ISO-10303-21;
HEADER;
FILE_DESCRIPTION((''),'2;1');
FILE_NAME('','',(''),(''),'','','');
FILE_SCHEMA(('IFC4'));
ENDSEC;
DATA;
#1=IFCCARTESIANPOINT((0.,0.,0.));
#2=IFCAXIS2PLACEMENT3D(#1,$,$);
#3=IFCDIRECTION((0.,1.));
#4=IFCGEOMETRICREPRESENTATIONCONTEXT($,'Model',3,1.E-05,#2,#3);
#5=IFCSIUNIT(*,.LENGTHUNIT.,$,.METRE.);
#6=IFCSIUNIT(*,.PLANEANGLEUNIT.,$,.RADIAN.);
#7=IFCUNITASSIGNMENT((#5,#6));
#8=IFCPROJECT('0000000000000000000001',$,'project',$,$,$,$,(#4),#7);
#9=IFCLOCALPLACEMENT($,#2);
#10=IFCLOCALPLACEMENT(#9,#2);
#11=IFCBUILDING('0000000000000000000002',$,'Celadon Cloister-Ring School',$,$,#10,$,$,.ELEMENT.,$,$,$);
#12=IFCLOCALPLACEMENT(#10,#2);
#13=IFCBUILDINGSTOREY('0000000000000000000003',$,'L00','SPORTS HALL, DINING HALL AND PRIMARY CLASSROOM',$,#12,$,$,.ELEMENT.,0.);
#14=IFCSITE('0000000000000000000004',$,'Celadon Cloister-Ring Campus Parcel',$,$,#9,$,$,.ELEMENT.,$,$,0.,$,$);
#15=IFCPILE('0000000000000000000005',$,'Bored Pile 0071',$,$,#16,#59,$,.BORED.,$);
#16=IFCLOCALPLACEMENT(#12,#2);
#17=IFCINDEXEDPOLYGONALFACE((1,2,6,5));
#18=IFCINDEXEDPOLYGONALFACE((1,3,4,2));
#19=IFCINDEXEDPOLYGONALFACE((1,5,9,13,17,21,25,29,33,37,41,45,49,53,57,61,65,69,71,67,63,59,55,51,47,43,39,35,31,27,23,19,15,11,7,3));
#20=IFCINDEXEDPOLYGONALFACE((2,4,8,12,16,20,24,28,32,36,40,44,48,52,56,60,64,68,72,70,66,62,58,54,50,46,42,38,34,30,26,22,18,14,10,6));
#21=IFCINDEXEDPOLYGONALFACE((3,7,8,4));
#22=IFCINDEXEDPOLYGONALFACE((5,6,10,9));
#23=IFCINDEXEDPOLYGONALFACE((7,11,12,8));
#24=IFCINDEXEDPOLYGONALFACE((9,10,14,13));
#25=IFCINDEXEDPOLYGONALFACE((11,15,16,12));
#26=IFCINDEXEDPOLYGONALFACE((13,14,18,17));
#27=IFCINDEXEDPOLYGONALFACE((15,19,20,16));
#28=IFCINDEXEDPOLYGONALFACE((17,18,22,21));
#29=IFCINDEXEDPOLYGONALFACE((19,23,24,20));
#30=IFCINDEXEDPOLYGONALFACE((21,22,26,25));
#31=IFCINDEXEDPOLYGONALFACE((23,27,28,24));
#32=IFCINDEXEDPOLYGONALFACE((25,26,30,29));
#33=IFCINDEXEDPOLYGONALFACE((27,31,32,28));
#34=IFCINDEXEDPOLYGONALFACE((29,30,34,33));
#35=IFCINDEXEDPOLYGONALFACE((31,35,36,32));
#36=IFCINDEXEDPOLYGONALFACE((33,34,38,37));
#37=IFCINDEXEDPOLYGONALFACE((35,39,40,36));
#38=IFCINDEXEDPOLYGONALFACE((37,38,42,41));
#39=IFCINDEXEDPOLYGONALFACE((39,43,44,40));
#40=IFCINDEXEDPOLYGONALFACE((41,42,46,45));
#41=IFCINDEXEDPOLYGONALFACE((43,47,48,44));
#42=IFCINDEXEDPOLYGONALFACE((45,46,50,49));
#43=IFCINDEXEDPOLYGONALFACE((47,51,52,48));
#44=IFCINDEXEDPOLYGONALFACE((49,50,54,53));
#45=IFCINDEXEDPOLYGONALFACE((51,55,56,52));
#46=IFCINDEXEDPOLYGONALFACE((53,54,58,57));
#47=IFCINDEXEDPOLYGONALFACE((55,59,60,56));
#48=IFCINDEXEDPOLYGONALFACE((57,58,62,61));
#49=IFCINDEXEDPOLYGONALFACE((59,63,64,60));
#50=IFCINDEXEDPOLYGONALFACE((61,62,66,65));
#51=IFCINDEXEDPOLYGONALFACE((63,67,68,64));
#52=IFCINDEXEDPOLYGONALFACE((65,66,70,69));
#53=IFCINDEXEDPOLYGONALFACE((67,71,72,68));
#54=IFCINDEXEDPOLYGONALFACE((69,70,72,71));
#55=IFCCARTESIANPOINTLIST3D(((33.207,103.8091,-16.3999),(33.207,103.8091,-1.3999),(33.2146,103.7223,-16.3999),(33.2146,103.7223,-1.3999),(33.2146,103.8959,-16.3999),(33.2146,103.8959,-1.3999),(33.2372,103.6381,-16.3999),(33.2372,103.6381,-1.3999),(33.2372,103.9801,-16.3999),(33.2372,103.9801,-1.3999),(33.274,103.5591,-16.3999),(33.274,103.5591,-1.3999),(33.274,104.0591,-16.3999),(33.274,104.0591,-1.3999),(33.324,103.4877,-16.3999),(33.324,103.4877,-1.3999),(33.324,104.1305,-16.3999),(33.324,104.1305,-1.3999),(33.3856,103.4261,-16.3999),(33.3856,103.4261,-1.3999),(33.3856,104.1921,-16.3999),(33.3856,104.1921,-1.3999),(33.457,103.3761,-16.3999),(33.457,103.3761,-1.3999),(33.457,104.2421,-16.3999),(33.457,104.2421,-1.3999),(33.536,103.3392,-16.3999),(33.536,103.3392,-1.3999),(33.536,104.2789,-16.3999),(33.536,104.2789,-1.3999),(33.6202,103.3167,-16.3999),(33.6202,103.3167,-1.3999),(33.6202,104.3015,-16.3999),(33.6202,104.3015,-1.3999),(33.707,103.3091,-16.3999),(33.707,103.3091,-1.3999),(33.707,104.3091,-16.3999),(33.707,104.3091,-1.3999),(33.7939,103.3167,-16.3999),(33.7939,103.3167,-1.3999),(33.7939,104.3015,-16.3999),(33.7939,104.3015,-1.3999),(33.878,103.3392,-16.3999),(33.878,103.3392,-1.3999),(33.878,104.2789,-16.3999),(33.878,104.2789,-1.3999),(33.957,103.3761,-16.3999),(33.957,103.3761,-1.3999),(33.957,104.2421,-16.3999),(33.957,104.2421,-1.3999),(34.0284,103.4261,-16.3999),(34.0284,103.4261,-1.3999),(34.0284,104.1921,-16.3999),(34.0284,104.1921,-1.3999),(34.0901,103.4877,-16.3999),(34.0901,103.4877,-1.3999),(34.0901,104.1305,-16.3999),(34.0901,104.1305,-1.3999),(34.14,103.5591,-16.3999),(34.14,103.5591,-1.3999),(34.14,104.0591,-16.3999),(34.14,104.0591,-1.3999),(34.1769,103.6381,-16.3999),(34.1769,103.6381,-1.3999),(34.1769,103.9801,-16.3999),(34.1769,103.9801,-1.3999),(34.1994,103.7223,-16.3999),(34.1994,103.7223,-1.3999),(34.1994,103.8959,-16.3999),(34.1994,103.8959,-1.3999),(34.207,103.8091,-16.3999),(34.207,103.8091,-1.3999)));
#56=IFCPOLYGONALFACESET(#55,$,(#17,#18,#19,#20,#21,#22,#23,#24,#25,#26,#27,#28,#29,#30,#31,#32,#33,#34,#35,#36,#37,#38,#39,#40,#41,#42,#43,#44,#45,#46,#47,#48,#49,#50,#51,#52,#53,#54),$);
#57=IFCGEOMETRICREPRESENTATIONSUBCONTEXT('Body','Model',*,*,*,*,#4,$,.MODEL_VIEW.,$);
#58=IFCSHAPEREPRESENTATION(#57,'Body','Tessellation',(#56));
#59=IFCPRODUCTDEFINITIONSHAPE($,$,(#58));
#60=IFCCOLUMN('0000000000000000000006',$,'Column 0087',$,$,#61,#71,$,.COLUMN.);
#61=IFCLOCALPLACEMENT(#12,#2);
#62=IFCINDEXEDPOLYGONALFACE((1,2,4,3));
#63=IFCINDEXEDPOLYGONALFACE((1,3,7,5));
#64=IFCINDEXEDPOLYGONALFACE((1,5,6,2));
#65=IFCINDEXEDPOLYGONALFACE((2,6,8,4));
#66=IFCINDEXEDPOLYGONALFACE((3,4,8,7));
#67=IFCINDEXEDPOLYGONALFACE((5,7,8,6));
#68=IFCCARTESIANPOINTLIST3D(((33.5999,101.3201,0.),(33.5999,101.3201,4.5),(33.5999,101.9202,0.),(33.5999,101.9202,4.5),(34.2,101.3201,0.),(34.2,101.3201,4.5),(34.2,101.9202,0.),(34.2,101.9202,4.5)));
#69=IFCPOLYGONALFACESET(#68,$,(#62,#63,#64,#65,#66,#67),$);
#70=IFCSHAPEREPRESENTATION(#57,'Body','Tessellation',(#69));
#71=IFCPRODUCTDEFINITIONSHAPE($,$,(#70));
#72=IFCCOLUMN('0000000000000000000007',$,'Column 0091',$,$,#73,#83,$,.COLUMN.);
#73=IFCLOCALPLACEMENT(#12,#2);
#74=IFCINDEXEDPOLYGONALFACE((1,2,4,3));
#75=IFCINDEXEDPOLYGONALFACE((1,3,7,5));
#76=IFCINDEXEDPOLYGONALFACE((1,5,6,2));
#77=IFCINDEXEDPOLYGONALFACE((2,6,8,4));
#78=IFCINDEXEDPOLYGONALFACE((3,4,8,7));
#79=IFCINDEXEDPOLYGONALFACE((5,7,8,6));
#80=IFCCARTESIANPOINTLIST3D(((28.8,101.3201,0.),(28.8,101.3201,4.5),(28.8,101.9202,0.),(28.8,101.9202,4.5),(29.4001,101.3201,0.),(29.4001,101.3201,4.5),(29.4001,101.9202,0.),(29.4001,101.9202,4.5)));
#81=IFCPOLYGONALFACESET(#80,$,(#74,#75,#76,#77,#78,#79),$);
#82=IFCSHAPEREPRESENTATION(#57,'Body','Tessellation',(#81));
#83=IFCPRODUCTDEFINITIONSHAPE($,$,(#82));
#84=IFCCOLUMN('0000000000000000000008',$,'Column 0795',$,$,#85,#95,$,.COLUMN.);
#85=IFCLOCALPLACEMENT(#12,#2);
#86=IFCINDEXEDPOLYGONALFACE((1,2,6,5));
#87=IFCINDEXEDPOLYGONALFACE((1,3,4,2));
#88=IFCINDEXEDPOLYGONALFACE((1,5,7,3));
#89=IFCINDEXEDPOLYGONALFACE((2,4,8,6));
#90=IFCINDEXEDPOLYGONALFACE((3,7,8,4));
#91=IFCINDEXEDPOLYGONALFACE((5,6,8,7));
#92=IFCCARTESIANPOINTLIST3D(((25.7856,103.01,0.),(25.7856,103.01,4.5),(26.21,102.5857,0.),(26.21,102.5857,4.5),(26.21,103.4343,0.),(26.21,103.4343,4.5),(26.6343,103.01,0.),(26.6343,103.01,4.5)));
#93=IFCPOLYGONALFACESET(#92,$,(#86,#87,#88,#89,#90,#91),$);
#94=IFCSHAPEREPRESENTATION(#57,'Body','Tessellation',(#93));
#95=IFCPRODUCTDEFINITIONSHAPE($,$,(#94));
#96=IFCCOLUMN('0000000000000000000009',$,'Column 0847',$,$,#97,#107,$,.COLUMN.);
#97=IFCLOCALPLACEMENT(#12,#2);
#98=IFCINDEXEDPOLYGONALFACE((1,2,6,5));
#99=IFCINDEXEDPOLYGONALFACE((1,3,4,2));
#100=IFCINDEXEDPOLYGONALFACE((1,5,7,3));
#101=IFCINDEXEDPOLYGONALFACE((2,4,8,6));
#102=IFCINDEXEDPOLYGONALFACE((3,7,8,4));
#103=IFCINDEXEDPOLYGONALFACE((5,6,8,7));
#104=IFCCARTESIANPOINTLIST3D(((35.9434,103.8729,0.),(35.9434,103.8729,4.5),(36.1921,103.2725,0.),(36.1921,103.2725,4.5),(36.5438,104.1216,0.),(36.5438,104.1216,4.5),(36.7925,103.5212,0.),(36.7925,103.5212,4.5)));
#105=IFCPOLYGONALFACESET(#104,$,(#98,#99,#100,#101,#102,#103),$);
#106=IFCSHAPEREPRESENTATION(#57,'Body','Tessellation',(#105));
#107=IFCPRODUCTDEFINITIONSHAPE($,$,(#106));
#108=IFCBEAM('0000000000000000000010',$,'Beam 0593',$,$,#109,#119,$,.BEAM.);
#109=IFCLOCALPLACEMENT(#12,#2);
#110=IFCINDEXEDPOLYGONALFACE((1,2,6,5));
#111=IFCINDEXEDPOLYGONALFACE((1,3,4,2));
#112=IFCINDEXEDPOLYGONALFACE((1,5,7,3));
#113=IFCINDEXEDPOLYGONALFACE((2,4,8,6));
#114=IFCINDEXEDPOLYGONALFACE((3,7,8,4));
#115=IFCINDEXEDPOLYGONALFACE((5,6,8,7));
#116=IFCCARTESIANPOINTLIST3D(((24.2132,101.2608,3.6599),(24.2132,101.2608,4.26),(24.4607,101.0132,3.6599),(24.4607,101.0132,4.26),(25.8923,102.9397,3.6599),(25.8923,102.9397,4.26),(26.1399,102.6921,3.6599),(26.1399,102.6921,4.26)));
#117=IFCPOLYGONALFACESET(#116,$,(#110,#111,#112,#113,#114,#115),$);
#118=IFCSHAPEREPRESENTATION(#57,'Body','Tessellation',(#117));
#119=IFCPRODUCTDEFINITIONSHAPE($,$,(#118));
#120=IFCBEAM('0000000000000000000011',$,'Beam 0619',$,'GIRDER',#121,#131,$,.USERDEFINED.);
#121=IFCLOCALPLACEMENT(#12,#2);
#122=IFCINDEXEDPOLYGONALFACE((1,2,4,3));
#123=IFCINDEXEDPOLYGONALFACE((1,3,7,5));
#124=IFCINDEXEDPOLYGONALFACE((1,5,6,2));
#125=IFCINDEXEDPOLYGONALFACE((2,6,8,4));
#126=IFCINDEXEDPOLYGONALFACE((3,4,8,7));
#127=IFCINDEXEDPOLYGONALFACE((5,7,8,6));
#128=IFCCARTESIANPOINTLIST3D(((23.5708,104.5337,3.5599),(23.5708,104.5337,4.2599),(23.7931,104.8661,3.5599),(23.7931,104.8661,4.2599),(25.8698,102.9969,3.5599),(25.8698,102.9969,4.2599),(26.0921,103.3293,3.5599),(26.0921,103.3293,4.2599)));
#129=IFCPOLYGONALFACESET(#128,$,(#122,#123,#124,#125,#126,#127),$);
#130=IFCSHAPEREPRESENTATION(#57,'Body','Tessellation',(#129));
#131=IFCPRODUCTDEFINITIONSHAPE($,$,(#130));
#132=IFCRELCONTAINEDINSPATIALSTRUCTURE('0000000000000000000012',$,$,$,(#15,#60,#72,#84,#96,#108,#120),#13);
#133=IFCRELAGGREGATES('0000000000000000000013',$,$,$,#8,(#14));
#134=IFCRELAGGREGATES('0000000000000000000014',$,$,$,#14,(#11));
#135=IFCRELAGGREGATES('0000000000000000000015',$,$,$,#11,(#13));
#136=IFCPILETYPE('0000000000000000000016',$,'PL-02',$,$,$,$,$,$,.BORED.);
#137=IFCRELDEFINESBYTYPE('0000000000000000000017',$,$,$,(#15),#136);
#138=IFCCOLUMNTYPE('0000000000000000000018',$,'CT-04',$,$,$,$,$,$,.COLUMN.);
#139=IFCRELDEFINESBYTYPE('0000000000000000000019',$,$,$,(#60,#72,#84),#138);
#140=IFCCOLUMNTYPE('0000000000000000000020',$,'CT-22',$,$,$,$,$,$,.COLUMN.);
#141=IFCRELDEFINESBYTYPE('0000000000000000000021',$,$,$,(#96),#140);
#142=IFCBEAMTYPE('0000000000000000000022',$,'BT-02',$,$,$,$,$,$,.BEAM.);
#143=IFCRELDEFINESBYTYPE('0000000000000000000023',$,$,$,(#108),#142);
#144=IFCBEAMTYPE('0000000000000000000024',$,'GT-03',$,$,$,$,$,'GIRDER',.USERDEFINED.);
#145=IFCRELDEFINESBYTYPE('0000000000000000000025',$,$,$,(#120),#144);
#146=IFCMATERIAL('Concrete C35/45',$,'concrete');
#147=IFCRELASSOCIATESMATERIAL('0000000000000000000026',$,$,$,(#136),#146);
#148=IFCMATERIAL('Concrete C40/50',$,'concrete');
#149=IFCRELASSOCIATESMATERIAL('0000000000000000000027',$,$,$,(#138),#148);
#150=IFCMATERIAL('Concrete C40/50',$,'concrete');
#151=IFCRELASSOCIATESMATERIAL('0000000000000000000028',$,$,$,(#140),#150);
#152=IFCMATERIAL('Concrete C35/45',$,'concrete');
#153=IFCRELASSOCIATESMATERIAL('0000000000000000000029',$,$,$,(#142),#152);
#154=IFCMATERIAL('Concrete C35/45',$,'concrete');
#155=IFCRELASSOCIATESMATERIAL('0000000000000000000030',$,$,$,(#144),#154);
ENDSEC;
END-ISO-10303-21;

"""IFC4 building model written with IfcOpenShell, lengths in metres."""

from ifc_helpers import new_model, si_unit, direction, frame, origin, origin_2d, place, context, subcontext, project, spatial, rectangle, circle, extrude, material, material_profile, profile_set, type_object, element, save


model = new_model("IFC4")

# Units and contexts
model_context = context("Model", 3, precision=1e-05, world=origin(), true_north=direction((0.0, 1.0)))
body_context = subcontext(model_context, "Body", "Model", "MODEL_VIEW")
ifc_project = project(units=[si_unit("LENGTHUNIT", "METRE"), si_unit("PLANEANGLEUNIT", "RADIAN")], contexts=[model_context])

# Site, building, storey
site_placement = place(None, origin())
site = spatial("IfcSite", under=ifc_project, at=site_placement, Name="Celadon Cloister-Ring Campus Parcel", CompositionType="ELEMENT", RefElevation=0.0)
building_placement = place(site_placement, origin())
building = spatial("IfcBuilding", under=site, at=building_placement, Name="Celadon Cloister-Ring School", CompositionType="ELEMENT")
storey_placement = place(building_placement, origin())
storey = spatial("IfcBuildingStorey", under=building, at=storey_placement, Name="L00", Description="SPORTS HALL, DINING HALL AND PRIMARY CLASSROOM", CompositionType="ELEMENT", Elevation=0.0)

# Pile
ifc_material_1 = material(Name="Concrete C35/45", Category="concrete")
ifc_material_profile_1 = material_profile(ifc_material_1, circle(Radius=0.5, at=origin_2d()), Name="PILE1000")
ifc_profile_set_1 = profile_set([ifc_material_profile_1], Name="Concrete C35/45")
pile_type = type_object("IfcPileType", Name="PL-02", PredefinedType="BORED", material=ifc_profile_set_1)
for number, where, z_axis, x_axis, name in (
    (1, (33.707, 103.8091, -1.3999), (0.0, 0.0, -1.0), (1.0, 0.0, 0.0), "Bored Pile 0071"),
):
    element("IfcPile", number, at=place(storey_placement, frame(where, z_axis=z_axis, x_axis=x_axis)), inside=storey, type_object=pile_type, Name=name, PredefinedType="BORED", context=body_context, shape_type="SweptSolid", body=[
        extrude(circle(Radius=0.5, at=origin_2d()), origin(), (0.0, 0.0, 1.0), 15.0),
    ])

# Columns
ifc_material_2 = material(Name="Concrete C40/50", Category="concrete")
ifc_material_profile_2 = material_profile(ifc_material_2, rectangle(XDim=0.6001, YDim=0.6001, at=origin_2d()), Name="RC600X600")
ifc_profile_set_2 = profile_set([ifc_material_profile_2], Name="Concrete C40/50")
column_type_1 = type_object("IfcColumnType", Name="CT-04", PredefinedType="COLUMN", material=ifc_profile_set_2)
for number, where, z_axis, x_axis, name in (
    (2, (33.8999, 101.6201, 0.0), (0.0, 0.0, 1.0), (1.0, 0.0, 0.0), "Column 0087"),
    (3, (29.1001, 101.6201, 0.0), (0.0, 0.0, 1.0), (1.0, 0.0, 0.0), "Column 0091"),
    (4, (26.21, 103.01, 0.0), (0.0, 0.0, 1.0), (0.707107, 0.707107, 0.0), "Column 0795"),
):
    element("IfcColumn", number, at=place(storey_placement, frame(where, z_axis=z_axis, x_axis=x_axis)), inside=storey, type_object=column_type_1, Name=name, PredefinedType="COLUMN", context=body_context, shape_type="SweptSolid", body=[
        extrude(rectangle(XDim=0.6001, YDim=0.6001, at=origin_2d()), origin(), (0.0, 0.0, 1.0), 4.5),
    ])
ifc_material_3 = material(Name="Concrete C40/50", Category="concrete")
ifc_material_profile_3 = material_profile(ifc_material_3, rectangle(XDim=0.6499, YDim=0.6499, at=origin_2d()), Name="RC650X650")
ifc_profile_set_3 = profile_set([ifc_material_profile_3], Name="Concrete C40/50")
column_type_2 = type_object("IfcColumnType", Name="CT-22", PredefinedType="COLUMN", material=ifc_profile_set_3)
column_placement = place(storey_placement, frame((36.3679, 103.697, 0.0), z_axis=(0.0, 0.0, 1.0), x_axis=(0.92388, 0.382683, 0.0)))
element("IfcColumn", 5, at=column_placement, inside=storey, type_object=column_type_2, Name="Column 0847", PredefinedType="COLUMN", context=body_context, shape_type="SweptSolid", body=[
    extrude(rectangle(XDim=0.6499, YDim=0.6499, at=origin_2d()), origin(), (0.0, 0.0, 1.0), 4.5),
])

# Beams
ifc_material_4 = material(Name="Concrete C35/45", Category="concrete")
ifc_material_profile_4 = material_profile(ifc_material_4, rectangle(XDim=0.3501, YDim=0.6001, at=origin_2d()), Name="RC350X600")
ifc_profile_set_4 = profile_set([ifc_material_profile_4], Name="Concrete C35/45")
beam_type_1 = type_object("IfcBeamType", Name="BT-02", PredefinedType="BEAM", material=ifc_profile_set_4)
beam_1_placement = place(storey_placement, frame((26.0161, 102.8159, 3.96), z_axis=(-0.707158, -0.707055, 0.0), x_axis=(0.707055, -0.707158, 0.0)))
element("IfcBeam", 6, at=beam_1_placement, inside=storey, type_object=beam_type_1, Name="Beam 0593", PredefinedType="BEAM", context=body_context, shape_type="SweptSolid", body=[
    extrude(rectangle(XDim=0.3501, YDim=0.6001, at=origin_2d()), origin(), (0.0, 0.0, 1.0), 2.3745),
])
ifc_material_5 = material(Name="Concrete C35/45", Category="concrete")
ifc_material_profile_5 = material_profile(ifc_material_5, rectangle(XDim=0.3999, YDim=0.7, at=origin_2d()), Name="RC400X700")
ifc_profile_set_5 = profile_set([ifc_material_profile_5], Name="Concrete C35/45")
beam_type_2 = type_object("IfcBeamType", Name="GT-03", ElementType="GIRDER", PredefinedType="USERDEFINED", material=ifc_profile_set_5)
beam_2_placement = place(storey_placement, frame((25.981, 103.1631, 3.9099), z_axis=(-0.831357, 0.555739, 0.0), x_axis=(-0.555739, -0.831357, 0.0)))
element("IfcBeam", 7, at=beam_2_placement, inside=storey, type_object=beam_type_2, Name="Beam 0619", ObjectType="GIRDER", PredefinedType="USERDEFINED", context=body_context, shape_type="SweptSolid", body=[
    extrude(rectangle(XDim=0.3999, YDim=0.7, at=origin_2d()), origin(), (0.0, 0.0, 1.0), 2.7654),
])

save(model, "model.ifc")
